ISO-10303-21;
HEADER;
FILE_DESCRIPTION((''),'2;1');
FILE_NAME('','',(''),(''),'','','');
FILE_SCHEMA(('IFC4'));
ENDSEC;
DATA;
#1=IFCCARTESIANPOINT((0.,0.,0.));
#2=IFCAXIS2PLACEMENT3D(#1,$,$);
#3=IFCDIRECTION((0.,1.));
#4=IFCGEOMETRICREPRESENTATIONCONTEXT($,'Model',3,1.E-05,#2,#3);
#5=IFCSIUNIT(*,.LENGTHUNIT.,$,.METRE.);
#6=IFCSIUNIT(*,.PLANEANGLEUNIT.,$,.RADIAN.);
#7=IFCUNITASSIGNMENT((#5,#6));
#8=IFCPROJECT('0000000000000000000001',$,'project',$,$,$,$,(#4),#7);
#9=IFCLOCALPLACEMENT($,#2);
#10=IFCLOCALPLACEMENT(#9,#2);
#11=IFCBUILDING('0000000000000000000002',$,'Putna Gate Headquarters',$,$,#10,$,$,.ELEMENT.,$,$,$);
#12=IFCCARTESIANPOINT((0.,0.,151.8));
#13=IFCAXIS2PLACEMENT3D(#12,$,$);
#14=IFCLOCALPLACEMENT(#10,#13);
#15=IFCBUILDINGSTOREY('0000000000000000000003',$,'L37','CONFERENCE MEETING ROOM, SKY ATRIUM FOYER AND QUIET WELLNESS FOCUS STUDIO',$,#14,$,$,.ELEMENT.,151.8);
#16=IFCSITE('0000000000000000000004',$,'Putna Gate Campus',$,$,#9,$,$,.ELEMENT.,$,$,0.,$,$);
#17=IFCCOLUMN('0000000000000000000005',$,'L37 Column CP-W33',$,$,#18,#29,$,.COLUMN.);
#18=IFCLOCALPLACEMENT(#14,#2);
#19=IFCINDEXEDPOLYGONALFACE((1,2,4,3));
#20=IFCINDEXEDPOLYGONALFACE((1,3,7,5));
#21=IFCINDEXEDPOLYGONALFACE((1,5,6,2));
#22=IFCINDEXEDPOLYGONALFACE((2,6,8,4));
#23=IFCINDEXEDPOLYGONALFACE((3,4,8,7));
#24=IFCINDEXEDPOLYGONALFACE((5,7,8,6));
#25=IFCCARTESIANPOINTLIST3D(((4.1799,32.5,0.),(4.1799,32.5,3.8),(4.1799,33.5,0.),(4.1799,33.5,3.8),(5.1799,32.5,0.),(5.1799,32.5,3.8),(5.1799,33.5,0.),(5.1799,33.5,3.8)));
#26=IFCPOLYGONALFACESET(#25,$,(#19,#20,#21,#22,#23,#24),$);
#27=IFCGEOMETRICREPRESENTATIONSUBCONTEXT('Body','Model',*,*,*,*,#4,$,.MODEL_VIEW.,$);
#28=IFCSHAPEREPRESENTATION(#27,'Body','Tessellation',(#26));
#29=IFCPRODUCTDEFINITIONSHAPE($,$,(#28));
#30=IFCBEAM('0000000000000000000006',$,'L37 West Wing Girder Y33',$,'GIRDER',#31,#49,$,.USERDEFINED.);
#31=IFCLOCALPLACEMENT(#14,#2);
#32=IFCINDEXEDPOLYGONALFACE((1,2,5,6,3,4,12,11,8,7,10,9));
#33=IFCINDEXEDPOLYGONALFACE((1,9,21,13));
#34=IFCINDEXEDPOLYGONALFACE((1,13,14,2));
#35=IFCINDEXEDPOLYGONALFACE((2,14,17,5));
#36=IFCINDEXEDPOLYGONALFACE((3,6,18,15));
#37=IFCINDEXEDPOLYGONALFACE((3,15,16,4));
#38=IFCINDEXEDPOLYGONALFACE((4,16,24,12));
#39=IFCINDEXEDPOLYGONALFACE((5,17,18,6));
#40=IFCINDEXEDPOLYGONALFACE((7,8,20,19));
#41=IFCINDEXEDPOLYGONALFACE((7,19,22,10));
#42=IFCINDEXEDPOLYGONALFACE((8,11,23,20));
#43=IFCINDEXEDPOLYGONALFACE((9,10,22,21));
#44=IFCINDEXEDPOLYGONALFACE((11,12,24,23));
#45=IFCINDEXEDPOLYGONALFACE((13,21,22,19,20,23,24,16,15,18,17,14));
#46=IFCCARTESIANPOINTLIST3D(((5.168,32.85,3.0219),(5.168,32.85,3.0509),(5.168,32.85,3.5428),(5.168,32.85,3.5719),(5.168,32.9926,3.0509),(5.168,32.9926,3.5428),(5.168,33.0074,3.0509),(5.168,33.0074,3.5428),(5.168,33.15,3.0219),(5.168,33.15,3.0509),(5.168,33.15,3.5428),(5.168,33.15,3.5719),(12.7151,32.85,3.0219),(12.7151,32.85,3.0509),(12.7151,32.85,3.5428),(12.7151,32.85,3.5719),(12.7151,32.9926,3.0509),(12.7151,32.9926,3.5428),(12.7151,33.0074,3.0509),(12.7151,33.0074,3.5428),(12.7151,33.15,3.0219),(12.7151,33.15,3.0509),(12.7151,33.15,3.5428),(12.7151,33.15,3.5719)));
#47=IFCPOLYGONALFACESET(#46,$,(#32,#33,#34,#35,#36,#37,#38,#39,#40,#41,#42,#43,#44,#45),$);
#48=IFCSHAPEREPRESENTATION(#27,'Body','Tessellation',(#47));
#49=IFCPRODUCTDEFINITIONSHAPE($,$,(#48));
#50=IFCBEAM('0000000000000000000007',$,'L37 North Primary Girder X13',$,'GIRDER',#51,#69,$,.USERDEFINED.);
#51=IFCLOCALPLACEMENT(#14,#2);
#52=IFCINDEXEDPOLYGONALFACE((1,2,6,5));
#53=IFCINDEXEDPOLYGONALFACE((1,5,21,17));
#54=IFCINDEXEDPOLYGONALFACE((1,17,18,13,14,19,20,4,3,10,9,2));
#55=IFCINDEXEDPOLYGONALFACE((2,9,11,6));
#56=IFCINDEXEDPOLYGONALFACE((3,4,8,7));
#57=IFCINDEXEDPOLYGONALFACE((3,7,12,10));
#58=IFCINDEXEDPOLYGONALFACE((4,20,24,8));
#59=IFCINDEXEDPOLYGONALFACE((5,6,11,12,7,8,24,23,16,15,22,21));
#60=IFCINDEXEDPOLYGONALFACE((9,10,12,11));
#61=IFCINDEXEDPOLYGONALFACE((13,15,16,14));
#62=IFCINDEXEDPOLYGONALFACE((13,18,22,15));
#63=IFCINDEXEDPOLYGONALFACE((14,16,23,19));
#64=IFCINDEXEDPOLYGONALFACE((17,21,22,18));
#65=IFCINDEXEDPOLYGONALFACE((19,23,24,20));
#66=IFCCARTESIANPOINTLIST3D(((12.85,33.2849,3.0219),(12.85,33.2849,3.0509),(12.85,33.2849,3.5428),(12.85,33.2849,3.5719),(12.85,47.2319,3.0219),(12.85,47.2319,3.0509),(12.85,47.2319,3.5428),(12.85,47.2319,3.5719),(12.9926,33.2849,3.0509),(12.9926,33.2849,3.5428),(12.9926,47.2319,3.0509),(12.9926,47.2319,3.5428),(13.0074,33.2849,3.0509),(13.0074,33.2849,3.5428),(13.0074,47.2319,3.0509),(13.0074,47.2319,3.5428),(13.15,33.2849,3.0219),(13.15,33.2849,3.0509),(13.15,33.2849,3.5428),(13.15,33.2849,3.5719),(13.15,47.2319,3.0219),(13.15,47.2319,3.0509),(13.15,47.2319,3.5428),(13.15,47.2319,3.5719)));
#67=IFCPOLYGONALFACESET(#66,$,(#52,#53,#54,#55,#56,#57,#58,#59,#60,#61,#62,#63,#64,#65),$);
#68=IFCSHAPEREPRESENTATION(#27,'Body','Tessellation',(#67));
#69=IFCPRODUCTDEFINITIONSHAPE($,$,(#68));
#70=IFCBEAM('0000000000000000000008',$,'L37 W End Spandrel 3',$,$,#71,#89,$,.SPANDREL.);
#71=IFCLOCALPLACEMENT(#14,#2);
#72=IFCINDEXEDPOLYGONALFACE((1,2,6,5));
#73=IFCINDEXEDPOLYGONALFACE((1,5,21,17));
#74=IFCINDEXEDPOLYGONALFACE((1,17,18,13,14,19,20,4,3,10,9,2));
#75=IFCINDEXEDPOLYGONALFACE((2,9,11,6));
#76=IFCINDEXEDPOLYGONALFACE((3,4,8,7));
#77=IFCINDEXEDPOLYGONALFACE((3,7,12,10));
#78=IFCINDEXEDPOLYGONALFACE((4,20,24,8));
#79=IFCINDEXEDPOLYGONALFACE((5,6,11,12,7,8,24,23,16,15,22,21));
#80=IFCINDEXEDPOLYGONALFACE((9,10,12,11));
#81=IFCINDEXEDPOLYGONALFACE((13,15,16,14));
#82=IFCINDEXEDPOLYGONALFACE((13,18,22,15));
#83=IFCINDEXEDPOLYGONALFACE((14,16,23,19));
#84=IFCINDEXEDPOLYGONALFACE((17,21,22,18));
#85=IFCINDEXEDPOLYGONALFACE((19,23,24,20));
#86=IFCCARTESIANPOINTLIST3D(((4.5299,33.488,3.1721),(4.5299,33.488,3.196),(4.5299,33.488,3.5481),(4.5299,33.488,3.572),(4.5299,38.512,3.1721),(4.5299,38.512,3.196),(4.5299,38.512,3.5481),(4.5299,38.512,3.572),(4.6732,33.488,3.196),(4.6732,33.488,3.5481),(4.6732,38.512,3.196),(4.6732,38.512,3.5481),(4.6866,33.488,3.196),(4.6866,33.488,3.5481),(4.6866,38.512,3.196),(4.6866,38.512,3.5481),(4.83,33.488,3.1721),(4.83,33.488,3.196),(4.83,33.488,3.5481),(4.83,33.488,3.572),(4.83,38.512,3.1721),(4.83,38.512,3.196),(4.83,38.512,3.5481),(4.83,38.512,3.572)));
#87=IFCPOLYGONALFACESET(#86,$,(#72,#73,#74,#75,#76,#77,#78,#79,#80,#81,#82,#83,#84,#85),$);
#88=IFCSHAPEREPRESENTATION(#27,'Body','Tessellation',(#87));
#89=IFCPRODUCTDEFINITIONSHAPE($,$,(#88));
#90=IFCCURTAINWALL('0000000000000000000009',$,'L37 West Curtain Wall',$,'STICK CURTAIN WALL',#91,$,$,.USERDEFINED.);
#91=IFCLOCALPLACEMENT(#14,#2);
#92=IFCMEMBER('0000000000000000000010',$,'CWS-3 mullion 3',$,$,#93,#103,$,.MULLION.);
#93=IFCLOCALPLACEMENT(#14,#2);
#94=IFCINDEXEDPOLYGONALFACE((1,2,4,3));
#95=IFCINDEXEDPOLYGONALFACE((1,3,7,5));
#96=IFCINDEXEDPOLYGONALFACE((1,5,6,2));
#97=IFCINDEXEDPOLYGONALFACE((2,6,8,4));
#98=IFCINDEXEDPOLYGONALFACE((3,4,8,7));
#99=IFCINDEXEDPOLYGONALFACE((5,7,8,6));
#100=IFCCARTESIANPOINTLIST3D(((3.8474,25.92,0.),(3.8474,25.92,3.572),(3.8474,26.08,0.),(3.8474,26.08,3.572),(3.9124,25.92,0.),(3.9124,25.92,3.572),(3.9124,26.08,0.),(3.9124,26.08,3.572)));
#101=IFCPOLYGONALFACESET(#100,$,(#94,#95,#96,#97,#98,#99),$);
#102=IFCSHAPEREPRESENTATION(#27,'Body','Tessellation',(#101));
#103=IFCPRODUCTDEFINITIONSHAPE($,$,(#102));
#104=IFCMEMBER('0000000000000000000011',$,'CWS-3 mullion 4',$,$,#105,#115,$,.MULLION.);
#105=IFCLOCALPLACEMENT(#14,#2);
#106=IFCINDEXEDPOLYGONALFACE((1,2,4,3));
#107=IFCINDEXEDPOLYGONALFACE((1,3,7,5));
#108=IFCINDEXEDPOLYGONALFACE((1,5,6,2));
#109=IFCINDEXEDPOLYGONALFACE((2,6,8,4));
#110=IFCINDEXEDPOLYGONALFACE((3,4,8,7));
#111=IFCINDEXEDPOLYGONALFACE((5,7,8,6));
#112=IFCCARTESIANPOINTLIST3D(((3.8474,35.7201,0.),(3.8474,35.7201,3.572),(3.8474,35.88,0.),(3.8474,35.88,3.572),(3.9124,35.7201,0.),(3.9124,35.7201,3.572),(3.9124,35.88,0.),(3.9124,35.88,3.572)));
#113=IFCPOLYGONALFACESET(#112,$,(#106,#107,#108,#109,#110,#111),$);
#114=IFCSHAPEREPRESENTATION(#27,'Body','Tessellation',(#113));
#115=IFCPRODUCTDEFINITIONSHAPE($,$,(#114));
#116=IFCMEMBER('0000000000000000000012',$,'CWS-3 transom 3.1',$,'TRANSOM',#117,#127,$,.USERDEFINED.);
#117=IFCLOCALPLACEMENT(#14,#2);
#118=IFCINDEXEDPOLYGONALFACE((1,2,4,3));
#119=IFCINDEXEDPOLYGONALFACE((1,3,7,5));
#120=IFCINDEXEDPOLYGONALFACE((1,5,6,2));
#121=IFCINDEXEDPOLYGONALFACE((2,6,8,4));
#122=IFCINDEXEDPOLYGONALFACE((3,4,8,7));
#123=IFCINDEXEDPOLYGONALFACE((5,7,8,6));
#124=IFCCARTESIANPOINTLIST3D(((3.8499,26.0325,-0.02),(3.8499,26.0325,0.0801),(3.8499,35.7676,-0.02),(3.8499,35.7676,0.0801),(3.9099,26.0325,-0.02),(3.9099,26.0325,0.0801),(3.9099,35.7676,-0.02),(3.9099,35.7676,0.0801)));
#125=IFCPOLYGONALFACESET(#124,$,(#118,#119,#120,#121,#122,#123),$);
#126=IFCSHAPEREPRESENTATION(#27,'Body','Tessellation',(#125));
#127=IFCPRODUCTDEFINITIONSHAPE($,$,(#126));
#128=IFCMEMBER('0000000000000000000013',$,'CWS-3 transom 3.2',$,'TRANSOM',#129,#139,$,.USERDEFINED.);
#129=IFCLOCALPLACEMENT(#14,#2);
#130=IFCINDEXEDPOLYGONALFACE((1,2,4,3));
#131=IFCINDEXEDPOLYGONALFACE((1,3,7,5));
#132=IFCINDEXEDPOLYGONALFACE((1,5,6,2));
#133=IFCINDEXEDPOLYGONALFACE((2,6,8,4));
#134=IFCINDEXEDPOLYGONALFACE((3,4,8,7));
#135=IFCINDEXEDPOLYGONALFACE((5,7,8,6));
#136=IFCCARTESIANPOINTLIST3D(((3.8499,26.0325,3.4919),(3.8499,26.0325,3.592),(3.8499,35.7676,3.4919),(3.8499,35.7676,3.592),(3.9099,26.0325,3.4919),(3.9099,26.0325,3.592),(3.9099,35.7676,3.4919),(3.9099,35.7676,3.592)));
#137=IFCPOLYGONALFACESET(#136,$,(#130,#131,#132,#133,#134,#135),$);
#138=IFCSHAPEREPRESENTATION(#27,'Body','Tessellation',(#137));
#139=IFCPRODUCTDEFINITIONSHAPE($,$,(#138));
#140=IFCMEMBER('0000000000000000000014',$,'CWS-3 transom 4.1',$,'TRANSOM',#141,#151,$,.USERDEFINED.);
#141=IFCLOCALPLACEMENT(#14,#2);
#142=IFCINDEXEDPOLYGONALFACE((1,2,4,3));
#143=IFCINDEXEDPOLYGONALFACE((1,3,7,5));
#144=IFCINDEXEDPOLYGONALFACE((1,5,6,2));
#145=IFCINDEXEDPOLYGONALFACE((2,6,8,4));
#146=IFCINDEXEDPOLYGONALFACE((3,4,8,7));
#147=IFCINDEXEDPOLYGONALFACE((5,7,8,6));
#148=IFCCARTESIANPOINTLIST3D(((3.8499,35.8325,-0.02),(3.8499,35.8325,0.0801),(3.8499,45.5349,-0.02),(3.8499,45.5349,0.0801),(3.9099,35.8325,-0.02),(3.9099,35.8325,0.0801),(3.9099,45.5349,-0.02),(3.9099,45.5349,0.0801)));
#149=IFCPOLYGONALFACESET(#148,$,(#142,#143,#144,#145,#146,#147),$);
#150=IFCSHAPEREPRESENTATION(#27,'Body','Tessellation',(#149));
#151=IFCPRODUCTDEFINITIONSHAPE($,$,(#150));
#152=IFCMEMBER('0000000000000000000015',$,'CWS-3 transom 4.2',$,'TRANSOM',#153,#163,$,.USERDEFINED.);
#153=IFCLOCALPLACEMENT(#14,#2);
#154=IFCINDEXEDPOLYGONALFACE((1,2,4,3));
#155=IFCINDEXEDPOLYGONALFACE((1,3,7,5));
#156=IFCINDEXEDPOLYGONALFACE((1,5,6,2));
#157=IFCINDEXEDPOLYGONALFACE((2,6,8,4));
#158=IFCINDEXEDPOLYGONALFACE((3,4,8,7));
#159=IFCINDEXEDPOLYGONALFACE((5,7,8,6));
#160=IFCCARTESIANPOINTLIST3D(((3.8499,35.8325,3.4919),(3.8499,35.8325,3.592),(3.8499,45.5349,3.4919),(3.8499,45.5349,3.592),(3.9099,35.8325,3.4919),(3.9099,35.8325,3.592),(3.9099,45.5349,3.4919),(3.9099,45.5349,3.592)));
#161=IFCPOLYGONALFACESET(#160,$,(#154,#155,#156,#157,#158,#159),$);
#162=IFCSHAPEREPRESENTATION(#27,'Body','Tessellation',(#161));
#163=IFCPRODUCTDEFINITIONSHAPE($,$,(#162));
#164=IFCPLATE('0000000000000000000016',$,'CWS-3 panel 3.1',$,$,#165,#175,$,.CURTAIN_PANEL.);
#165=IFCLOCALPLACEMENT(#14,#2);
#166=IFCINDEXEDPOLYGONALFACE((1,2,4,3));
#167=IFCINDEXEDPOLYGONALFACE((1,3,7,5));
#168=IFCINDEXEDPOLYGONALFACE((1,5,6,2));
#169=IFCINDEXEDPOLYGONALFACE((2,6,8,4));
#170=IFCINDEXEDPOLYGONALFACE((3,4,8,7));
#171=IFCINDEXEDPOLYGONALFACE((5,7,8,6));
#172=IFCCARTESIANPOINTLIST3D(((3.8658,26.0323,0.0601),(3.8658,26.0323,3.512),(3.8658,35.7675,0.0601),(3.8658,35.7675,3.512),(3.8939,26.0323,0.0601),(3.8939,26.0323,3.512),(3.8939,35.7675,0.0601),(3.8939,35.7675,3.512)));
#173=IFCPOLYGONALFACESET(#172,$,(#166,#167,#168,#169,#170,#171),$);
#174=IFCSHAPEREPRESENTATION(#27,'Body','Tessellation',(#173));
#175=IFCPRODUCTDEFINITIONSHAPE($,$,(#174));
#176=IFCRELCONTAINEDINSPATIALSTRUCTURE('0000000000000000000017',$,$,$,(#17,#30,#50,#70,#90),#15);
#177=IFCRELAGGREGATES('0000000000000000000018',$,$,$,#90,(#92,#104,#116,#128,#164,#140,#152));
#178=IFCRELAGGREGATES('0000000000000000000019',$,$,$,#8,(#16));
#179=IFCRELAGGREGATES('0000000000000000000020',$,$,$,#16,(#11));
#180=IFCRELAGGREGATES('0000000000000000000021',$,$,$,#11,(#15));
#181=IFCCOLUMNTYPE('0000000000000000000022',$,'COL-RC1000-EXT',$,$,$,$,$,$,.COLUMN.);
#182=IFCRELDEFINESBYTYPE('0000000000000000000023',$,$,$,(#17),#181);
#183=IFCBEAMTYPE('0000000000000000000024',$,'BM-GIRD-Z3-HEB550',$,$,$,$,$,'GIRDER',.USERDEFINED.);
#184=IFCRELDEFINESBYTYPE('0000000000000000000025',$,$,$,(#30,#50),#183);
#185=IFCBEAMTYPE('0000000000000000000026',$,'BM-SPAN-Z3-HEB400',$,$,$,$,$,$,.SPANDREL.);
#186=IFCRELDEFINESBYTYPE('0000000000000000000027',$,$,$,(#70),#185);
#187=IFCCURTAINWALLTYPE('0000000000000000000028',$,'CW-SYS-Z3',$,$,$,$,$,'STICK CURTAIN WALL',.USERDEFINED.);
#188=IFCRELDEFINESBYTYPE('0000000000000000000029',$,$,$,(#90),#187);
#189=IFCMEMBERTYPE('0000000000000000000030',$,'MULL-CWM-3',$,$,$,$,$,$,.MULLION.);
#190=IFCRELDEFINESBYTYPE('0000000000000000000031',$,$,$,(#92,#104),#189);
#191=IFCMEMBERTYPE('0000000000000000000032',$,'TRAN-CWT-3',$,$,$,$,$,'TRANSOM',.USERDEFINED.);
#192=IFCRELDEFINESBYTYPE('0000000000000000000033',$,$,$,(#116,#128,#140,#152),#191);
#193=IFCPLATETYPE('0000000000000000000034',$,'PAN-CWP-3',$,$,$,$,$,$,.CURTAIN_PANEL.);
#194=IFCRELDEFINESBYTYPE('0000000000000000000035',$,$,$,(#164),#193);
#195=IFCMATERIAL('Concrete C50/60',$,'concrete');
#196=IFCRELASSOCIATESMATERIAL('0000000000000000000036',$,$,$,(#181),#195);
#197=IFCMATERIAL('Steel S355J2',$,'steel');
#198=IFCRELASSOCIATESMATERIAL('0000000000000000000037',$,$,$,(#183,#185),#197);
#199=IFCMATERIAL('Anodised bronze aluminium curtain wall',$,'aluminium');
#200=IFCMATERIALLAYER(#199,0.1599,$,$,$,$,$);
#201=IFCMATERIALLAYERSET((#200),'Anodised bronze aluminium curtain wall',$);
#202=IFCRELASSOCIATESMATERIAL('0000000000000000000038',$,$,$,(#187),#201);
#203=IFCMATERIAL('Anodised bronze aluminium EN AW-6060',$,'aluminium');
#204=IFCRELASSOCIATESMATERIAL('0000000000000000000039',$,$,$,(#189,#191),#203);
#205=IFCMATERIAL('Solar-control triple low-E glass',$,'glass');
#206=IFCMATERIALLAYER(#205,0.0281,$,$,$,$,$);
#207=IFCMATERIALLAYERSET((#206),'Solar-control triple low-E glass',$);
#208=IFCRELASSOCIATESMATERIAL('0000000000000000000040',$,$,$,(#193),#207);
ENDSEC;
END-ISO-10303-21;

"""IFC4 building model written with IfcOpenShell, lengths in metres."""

from ifc_helpers import new_model, si_unit, direction, frame, origin, origin_2d, place, context, subcontext, project, spatial, rectangle, i_section, extrude, material, layer, layer_set, material_profile, profile_set, type_object, element, aggregate, save


model = new_model("IFC4")

# Units and contexts
model_context = context("Model", 3, precision=1e-05, world=origin(), true_north=direction((0.0, 1.0)))
body_context = subcontext(model_context, "Body", "Model", "MODEL_VIEW")
ifc_project = project(units=[si_unit("LENGTHUNIT", "METRE"), si_unit("PLANEANGLEUNIT", "RADIAN")], contexts=[model_context])

# Site, building, storey
site_placement = place(None, origin())
site = spatial("IfcSite", under=ifc_project, at=site_placement, Name="Putna Gate Campus", CompositionType="ELEMENT", RefElevation=0.0)
building_placement = place(site_placement, origin())
building = spatial("IfcBuilding", under=site, at=building_placement, Name="Putna Gate Headquarters", CompositionType="ELEMENT")
storey_placement = place(building_placement, frame((0.0, 0.0, 151.8)))
storey = spatial("IfcBuildingStorey", under=building, at=storey_placement, Name="L37", Description="CONFERENCE MEETING ROOM, SKY ATRIUM FOYER AND QUIET WELLNESS FOCUS STUDIO", CompositionType="ELEMENT", Elevation=151.8)

# Column
ifc_material_1 = material(Name="Concrete C50/60", Category="concrete")
ifc_material_profile_1 = material_profile(ifc_material_1, rectangle(XDim=1.0, YDim=1.0, at=origin_2d()), Name="Concrete C50/60")
ifc_profile_set_1 = profile_set([ifc_material_profile_1], Name="Concrete C50/60")
column_type = type_object("IfcColumnType", Name="COL-RC1000-EXT", PredefinedType="COLUMN", material=ifc_profile_set_1)
column_placement = place(storey_placement, frame((4.6799, 33.0, 0.0), z_axis=(0.0, 0.0, 1.0), x_axis=(1.0, 0.0, 0.0)))
element("IfcColumn", 1, at=column_placement, inside=storey, type_object=column_type, Name="L37 Column CP-W33", PredefinedType="COLUMN", context=body_context, shape_type="SweptSolid", body=[
    extrude(rectangle(XDim=1.0, YDim=1.0, at=origin_2d()), origin(), (0.0, 0.0, 1.0), 3.8),
])

# Beams
ifc_material_2 = material(Name="Steel S355J2", Category="steel")
ifc_material_profile_2 = material_profile(ifc_material_2, i_section(OverallWidth=0.3, OverallDepth=0.55, WebThickness=0.0149, FlangeThickness=0.0291, at=origin_2d()), Name="Steel S355J2")
ifc_profile_set_2 = profile_set([ifc_material_profile_2], Name="Steel S355J2")
beam_type_1 = type_object("IfcBeamType", Name="BM-GIRD-Z3-HEB550", ElementType="GIRDER", PredefinedType="USERDEFINED", material=ifc_profile_set_2)
beam_1_placement = place(storey_placement, frame((5.168, 33.0, 3.2969), z_axis=(1.0, 0.0, 0.0), x_axis=(0.0, 1.0, 0.0)))
element("IfcBeam", 2, at=beam_1_placement, inside=storey, type_object=beam_type_1, Name="L37 West Wing Girder Y33", ObjectType="GIRDER", PredefinedType="USERDEFINED", context=body_context, shape_type="SweptSolid", body=[
    extrude(i_section(OverallWidth=0.3, OverallDepth=0.55, WebThickness=0.0149, FlangeThickness=0.0291, at=origin_2d()), origin(), (0.0, 0.0, 1.0), 7.5471),
])
beam_2_placement = place(storey_placement, frame((13.0, 33.2849, 3.2969), z_axis=(0.0, 1.0, 0.0), x_axis=(-1.0, 0.0, 0.0)))
element("IfcBeam", 3, at=beam_2_placement, inside=storey, type_object=beam_type_1, Name="L37 North Primary Girder X13", ObjectType="GIRDER", PredefinedType="USERDEFINED", context=body_context, shape_type="SweptSolid", body=[
    extrude(i_section(OverallWidth=0.3, OverallDepth=0.55, WebThickness=0.0149, FlangeThickness=0.0291, at=origin_2d()), origin(), (0.0, 0.0, 1.0), 13.947),
])
ifc_material_profile_3 = material_profile(ifc_material_2, i_section(OverallWidth=0.3, OverallDepth=0.3999, WebThickness=0.0134, FlangeThickness=0.0239, at=origin_2d()), Name="Steel S355J2")
ifc_profile_set_3 = profile_set([ifc_material_profile_3], Name="Steel S355J2")
beam_type_2 = type_object("IfcBeamType", Name="BM-SPAN-Z3-HEB400", PredefinedType="SPANDREL", material=ifc_profile_set_3)
beam_3_placement = place(storey_placement, frame((4.6799, 33.488, 3.3721), z_axis=(0.0, 1.0, 0.0), x_axis=(-1.0, 0.0, 0.0)))
element("IfcBeam", 4, at=beam_3_placement, inside=storey, type_object=beam_type_2, Name="L37 W End Spandrel 3", PredefinedType="SPANDREL", context=body_context, shape_type="SweptSolid", body=[
    extrude(i_section(OverallWidth=0.3, OverallDepth=0.3999, WebThickness=0.0134, FlangeThickness=0.0239, at=origin_2d()), origin(), (0.0, 0.0, 1.0), 5.0239),
])

# Curtain wall, members, plate
ifc_material_3 = material(Name="Anodised bronze aluminium curtain wall", Category="aluminium")
ifc_layer_1 = layer(ifc_material_3, 0.1599)
ifc_layer_set_1 = layer_set([ifc_layer_1], Name="Anodised bronze aluminium curtain wall")
curtain_wall_type = type_object("IfcCurtainWallType", Name="CW-SYS-Z3", ElementType="STICK CURTAIN WALL", PredefinedType="USERDEFINED", material=ifc_layer_set_1)
curtain_wall_placement = place(storey_placement, origin())
curtain_wall = element("IfcCurtainWall", 5, at=curtain_wall_placement, inside=storey, type_object=curtain_wall_type, Name="L37 West Curtain Wall", ObjectType="STICK CURTAIN WALL", PredefinedType="USERDEFINED")
ifc_material_4 = material(Name="Anodised bronze aluminium EN AW-6060", Category="aluminium")
ifc_material_profile_4 = material_profile(ifc_material_4, rectangle(XDim=0.0649, YDim=0.1599, at=origin_2d()), Name="Anodised bronze aluminium EN AW-6060")
ifc_profile_set_4 = profile_set([ifc_material_profile_4], Name="Anodised bronze aluminium EN AW-6060")
member_type_1 = type_object("IfcMemberType", Name="MULL-CWM-3", PredefinedType="MULLION", material=ifc_profile_set_4)
member_1_placement = place(storey_placement, frame((3.8799, 26.0, 0.0), z_axis=(0.0, 0.0, 1.0), x_axis=(-1.0, 0.0, 0.0)))
member_1 = element("IfcMember", 6, at=member_1_placement, type_object=member_type_1, Name="CWS-3 mullion 3", PredefinedType="MULLION", context=body_context, shape_type="SweptSolid", body=[
    extrude(rectangle(XDim=0.0649, YDim=0.1599, at=origin_2d()), origin(), (0.0, 0.0, 1.0), 3.572),
])
member_2_placement = place(storey_placement, frame((3.8799, 35.8, 0.0), z_axis=(0.0, 0.0, 1.0), x_axis=(-1.0, 0.0, 0.0)))
member_2 = element("IfcMember", 7, at=member_2_placement, type_object=member_type_1, Name="CWS-3 mullion 4", PredefinedType="MULLION", context=body_context, shape_type="SweptSolid", body=[
    extrude(rectangle(XDim=0.0649, YDim=0.1599, at=origin_2d()), origin(), (0.0, 0.0, 1.0), 3.572),
])
ifc_material_profile_5 = material_profile(ifc_material_4, rectangle(XDim=0.0601, YDim=0.1001, at=origin_2d()), Name="Anodised bronze aluminium EN AW-6060")
ifc_profile_set_5 = profile_set([ifc_material_profile_5], Name="Anodised bronze aluminium EN AW-6060")
member_type_2 = type_object("IfcMemberType", Name="TRAN-CWT-3", ElementType="TRANSOM", PredefinedType="USERDEFINED", material=ifc_profile_set_5)
member_3_placement = place(storey_placement, frame((3.8799, 26.0325, 0.03), z_axis=(0.0, 1.0, 0.0), x_axis=(-1.0, 0.0, 0.0)))
member_3 = element("IfcMember", 8, at=member_3_placement, type_object=member_type_2, Name="CWS-3 transom 3.1", ObjectType="TRANSOM", PredefinedType="USERDEFINED", context=body_context, shape_type="SweptSolid", body=[
    extrude(rectangle(XDim=0.0601, YDim=0.1001, at=origin_2d()), origin(), (0.0, 0.0, 1.0), 9.7351),
])
member_4_placement = place(storey_placement, frame((3.8799, 26.0325, 3.542), z_axis=(0.0, 1.0, 0.0), x_axis=(-1.0, 0.0, 0.0)))
member_4 = element("IfcMember", 9, at=member_4_placement, type_object=member_type_2, Name="CWS-3 transom 3.2", ObjectType="TRANSOM", PredefinedType="USERDEFINED", context=body_context, shape_type="SweptSolid", body=[
    extrude(rectangle(XDim=0.0601, YDim=0.1001, at=origin_2d()), origin(), (0.0, 0.0, 1.0), 9.7351),
])
member_5_placement = place(storey_placement, frame((3.8799, 35.8325, 0.03), z_axis=(0.0, 1.0, 0.0), x_axis=(-1.0, 0.0, 0.0)))
member_5 = element("IfcMember", 10, at=member_5_placement, type_object=member_type_2, Name="CWS-3 transom 4.1", ObjectType="TRANSOM", PredefinedType="USERDEFINED", context=body_context, shape_type="SweptSolid", body=[
    extrude(rectangle(XDim=0.0601, YDim=0.1001, at=origin_2d()), origin(), (0.0, 0.0, 1.0), 9.7024),
])
member_6_placement = place(storey_placement, frame((3.8799, 35.8325, 3.542), z_axis=(0.0, 1.0, 0.0), x_axis=(-1.0, 0.0, 0.0)))
member_6 = element("IfcMember", 11, at=member_6_placement, type_object=member_type_2, Name="CWS-3 transom 4.2", ObjectType="TRANSOM", PredefinedType="USERDEFINED", context=body_context, shape_type="SweptSolid", body=[
    extrude(rectangle(XDim=0.0601, YDim=0.1001, at=origin_2d()), origin(), (0.0, 0.0, 1.0), 9.7024),
])
ifc_material_5 = material(Name="Solar-control triple low-E glass", Category="glass")
ifc_layer_2 = layer(ifc_material_5, 0.0281)
ifc_layer_set_2 = layer_set([ifc_layer_2], Name="Solar-control triple low-E glass")
plate_type = type_object("IfcPlateType", Name="PAN-CWP-3", PredefinedType="CURTAIN_PANEL", material=ifc_layer_set_2)
plate_placement = place(storey_placement, frame((3.8799, 30.8999, 0.0601), z_axis=(0.0, 0.0, 1.0), x_axis=(0.0, 1.0, 0.0)))
plate = element("IfcPlate", 12, at=plate_placement, type_object=plate_type, Name="CWS-3 panel 3.1", PredefinedType="CURTAIN_PANEL", context=body_context, shape_type="SweptSolid", body=[
    extrude(rectangle(XDim=9.7351, YDim=0.0281, at=origin_2d()), origin(), (0.0, 0.0, 1.0), 3.4519),
])
aggregate(curtain_wall, [member_1, member_2, member_3, member_4, plate, member_5, member_6])

save(model, "model.ifc")
